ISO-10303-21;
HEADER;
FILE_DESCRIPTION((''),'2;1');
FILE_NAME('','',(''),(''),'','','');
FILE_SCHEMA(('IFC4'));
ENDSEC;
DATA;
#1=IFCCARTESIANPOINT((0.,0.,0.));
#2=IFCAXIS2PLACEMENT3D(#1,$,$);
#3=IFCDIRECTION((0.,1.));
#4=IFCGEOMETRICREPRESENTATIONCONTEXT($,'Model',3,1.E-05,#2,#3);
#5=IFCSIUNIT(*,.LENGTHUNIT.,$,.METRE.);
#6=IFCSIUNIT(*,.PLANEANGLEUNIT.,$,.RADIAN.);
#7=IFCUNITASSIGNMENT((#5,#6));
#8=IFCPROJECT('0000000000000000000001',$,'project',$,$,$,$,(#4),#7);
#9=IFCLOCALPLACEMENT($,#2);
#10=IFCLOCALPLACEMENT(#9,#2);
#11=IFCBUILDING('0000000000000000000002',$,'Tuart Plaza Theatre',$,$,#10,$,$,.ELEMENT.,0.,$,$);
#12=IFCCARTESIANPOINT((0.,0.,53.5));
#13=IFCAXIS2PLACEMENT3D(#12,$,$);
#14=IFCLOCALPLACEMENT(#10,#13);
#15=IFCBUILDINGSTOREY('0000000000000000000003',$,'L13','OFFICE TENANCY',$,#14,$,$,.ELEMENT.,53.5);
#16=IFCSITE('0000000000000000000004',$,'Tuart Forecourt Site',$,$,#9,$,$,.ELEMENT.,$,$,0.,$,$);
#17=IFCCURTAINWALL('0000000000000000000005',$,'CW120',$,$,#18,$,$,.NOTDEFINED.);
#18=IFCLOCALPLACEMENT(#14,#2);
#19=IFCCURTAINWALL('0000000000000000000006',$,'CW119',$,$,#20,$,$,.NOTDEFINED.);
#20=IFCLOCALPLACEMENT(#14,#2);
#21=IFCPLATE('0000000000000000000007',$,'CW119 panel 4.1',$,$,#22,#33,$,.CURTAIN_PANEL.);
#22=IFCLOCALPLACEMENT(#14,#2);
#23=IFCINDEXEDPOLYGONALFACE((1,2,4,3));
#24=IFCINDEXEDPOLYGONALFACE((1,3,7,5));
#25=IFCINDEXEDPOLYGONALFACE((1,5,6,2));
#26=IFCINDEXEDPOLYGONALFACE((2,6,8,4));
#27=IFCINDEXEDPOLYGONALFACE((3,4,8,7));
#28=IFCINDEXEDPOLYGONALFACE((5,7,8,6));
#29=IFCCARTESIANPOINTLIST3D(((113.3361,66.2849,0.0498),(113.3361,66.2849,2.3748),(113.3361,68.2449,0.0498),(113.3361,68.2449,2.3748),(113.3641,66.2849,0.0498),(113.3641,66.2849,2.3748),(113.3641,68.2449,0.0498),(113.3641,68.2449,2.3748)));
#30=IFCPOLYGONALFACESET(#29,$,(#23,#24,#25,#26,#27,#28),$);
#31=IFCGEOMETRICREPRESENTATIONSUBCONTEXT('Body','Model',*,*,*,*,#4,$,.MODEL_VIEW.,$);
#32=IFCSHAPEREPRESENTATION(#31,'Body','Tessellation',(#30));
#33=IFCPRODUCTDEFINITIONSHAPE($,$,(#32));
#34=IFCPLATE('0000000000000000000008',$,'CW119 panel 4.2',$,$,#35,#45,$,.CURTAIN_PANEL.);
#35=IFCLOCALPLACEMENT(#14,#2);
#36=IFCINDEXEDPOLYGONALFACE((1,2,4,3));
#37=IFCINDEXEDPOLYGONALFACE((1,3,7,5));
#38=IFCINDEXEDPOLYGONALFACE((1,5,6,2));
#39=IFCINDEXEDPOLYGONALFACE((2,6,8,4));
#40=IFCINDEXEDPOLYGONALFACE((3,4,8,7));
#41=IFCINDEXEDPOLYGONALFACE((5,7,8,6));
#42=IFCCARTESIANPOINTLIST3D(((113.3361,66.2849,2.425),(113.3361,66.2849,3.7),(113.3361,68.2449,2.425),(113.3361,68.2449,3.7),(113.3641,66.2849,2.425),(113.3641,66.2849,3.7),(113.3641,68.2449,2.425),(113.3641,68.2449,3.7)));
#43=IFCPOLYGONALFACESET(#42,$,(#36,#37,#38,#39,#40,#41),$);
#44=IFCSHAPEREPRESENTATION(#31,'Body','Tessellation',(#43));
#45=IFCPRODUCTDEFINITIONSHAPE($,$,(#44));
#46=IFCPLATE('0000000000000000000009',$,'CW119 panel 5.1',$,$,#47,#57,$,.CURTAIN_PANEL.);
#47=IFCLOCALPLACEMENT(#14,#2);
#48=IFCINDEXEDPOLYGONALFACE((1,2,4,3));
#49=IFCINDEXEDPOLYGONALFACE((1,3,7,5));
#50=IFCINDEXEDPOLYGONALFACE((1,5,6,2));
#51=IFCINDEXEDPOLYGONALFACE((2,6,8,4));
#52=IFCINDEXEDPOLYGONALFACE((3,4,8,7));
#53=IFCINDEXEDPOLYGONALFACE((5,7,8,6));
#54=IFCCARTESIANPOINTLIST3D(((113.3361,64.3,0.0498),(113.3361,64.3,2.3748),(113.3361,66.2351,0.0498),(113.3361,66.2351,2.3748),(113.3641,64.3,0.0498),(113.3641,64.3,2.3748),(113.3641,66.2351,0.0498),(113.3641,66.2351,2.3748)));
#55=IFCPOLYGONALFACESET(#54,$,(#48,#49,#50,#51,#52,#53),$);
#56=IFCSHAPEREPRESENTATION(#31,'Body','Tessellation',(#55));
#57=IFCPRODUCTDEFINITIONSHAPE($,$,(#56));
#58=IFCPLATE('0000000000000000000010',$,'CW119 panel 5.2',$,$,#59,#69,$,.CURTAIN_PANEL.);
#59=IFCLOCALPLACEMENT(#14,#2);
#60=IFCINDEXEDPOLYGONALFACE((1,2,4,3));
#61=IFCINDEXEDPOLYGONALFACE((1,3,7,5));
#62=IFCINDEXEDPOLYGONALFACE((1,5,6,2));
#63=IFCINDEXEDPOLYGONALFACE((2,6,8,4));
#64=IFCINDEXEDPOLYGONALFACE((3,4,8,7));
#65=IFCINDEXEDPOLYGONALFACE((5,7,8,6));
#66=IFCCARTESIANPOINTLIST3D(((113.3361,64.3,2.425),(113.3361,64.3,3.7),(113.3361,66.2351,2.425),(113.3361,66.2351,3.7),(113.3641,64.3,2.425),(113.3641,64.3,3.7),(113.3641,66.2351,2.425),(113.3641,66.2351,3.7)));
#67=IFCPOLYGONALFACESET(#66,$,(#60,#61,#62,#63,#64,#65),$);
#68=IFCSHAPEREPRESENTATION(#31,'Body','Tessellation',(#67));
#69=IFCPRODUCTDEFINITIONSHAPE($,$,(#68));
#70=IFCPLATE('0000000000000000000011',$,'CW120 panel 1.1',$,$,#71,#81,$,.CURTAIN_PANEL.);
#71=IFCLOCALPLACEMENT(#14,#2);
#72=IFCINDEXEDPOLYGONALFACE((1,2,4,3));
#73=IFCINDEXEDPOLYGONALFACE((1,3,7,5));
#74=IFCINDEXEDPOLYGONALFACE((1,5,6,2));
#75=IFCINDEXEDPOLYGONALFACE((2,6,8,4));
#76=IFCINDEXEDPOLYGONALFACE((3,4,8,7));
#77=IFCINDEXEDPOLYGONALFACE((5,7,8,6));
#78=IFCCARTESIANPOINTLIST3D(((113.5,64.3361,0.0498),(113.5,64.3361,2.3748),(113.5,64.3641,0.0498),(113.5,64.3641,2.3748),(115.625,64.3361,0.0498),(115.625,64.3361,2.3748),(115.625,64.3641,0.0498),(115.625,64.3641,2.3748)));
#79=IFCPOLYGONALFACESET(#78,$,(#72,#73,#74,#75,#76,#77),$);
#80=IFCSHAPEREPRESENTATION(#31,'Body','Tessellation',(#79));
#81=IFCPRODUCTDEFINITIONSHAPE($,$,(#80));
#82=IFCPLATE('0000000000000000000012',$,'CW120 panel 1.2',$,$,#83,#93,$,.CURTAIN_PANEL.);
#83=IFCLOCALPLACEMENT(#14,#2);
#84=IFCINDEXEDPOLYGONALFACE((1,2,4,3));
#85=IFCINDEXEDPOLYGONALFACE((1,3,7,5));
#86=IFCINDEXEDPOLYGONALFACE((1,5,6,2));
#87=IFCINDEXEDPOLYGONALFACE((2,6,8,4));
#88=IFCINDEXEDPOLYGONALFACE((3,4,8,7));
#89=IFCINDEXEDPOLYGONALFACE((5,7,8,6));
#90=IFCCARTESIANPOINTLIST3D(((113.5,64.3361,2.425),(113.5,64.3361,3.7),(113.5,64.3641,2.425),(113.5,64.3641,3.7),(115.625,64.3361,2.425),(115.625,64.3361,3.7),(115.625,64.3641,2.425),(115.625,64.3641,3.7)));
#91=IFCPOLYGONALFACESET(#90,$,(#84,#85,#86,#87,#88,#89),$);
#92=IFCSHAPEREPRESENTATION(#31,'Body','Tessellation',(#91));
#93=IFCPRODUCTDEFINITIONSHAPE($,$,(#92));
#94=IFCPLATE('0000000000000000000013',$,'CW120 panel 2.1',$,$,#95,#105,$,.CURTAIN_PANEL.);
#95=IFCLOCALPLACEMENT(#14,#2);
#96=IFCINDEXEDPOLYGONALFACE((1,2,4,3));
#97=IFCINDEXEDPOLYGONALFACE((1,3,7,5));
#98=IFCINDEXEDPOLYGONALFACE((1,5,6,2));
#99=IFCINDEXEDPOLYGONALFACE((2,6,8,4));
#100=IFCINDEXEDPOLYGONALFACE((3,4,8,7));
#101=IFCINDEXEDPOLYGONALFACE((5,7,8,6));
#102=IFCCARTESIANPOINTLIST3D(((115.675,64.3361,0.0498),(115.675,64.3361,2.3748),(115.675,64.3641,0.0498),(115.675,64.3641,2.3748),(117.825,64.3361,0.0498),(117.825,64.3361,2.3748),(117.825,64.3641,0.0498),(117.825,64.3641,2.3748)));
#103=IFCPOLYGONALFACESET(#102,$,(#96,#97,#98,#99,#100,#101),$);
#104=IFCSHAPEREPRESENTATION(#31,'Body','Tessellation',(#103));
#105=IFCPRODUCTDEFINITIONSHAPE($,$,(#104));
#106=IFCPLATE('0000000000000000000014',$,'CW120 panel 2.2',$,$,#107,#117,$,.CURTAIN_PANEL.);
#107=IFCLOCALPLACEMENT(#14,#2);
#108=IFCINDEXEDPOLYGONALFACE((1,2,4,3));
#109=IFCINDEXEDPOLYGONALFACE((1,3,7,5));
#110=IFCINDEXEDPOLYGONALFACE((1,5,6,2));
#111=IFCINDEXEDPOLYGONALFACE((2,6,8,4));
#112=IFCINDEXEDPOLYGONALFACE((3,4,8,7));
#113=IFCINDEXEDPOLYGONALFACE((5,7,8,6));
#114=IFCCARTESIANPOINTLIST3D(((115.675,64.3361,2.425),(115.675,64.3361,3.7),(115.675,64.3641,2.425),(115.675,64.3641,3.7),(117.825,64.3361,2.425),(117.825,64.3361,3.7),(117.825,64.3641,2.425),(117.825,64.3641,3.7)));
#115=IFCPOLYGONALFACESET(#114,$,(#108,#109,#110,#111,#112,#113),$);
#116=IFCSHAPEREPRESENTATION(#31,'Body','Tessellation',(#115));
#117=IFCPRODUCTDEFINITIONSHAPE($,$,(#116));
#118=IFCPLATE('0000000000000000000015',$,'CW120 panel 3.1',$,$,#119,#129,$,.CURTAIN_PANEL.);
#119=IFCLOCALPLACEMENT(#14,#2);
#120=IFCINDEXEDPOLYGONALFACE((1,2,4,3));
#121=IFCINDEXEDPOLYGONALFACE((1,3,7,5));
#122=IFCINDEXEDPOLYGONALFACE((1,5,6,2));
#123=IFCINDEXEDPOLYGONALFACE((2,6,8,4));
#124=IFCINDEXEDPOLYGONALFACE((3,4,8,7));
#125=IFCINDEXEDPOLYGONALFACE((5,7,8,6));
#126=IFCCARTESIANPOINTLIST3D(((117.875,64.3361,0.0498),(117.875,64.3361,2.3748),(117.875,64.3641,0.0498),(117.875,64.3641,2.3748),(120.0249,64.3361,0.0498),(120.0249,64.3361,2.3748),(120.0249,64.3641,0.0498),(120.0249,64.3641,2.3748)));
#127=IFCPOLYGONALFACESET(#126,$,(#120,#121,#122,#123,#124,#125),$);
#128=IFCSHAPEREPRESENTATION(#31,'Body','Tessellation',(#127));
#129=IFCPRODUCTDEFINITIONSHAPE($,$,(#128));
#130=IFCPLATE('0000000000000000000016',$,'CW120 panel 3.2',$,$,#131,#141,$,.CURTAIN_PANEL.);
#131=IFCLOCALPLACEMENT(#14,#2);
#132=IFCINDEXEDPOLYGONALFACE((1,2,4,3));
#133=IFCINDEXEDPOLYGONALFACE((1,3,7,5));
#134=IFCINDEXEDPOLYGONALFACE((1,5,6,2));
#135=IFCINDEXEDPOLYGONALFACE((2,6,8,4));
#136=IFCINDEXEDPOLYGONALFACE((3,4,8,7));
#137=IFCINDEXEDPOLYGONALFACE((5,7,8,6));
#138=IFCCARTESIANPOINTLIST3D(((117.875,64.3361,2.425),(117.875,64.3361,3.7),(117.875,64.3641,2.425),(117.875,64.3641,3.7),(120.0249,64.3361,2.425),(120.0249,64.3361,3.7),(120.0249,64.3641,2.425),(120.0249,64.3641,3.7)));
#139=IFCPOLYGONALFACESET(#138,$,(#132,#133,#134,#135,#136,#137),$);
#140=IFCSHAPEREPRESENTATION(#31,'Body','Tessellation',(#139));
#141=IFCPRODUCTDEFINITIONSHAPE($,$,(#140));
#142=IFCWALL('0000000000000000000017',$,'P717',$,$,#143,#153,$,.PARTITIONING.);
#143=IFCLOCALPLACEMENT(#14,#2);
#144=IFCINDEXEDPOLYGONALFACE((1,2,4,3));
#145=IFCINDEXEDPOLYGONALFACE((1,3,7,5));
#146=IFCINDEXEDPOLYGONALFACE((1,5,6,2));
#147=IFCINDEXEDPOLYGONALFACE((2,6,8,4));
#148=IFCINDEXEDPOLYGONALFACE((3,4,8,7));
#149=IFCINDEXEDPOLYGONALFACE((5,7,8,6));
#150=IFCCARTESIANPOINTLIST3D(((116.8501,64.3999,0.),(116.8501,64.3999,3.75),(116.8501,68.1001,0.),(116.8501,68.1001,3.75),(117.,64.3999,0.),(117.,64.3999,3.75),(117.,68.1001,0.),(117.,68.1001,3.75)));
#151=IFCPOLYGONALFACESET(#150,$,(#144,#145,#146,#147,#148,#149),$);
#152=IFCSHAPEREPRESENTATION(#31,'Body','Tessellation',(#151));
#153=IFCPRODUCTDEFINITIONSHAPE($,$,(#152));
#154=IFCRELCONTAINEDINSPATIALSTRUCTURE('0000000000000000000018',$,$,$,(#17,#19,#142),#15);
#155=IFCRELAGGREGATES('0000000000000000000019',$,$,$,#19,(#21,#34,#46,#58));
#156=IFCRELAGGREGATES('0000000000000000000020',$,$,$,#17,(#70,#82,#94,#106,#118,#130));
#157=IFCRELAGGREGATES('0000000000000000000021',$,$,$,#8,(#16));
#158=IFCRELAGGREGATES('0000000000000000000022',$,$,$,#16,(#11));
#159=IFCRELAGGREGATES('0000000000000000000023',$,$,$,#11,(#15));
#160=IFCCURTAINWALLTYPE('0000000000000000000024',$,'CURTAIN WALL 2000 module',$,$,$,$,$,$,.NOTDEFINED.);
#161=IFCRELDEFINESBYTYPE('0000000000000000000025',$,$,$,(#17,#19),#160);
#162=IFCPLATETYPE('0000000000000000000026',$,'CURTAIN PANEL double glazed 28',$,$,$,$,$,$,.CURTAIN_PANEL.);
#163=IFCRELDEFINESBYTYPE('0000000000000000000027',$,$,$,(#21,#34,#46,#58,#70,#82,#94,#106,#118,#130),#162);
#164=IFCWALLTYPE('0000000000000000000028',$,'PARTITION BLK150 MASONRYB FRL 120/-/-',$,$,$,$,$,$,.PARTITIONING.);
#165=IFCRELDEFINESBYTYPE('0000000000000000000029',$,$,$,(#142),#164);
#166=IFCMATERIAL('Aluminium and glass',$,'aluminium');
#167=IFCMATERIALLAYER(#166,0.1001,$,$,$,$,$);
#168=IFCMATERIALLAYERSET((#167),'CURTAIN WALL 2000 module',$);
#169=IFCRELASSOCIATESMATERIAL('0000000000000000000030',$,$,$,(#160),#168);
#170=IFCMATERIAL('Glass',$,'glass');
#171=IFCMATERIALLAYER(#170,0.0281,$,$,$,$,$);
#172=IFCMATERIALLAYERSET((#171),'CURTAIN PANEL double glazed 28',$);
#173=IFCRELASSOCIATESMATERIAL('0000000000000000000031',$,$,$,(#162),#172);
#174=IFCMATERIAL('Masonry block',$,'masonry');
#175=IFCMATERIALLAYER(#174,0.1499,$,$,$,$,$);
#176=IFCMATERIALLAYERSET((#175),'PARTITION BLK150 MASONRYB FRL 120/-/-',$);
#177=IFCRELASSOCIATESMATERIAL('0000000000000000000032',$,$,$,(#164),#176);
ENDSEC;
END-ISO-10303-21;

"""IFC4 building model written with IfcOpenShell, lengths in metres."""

from ifc_helpers import new_model, si_unit, direction, frame, frame_2d, origin, origin_2d, place, context, subcontext, project, spatial, rectangle, extrude, material, layer, layer_set, type_object, element, aggregate, save


model = new_model("IFC4")

# Units and contexts
model_context = context("Model", 3, precision=1e-05, world=origin(), true_north=direction((0.0, 1.0)))
body_context = subcontext(model_context, "Body", "Model", "MODEL_VIEW")
ifc_project = project(units=[si_unit("LENGTHUNIT", "METRE"), si_unit("PLANEANGLEUNIT", "RADIAN")], contexts=[model_context])

# Site, building, storey
site_placement = place(None, origin())
site = spatial("IfcSite", under=ifc_project, at=site_placement, Name="Tuart Forecourt Site", CompositionType="ELEMENT", RefElevation=0.0)
building_placement = place(site_placement, origin())
building = spatial("IfcBuilding", under=site, at=building_placement, Name="Tuart Plaza Theatre", CompositionType="ELEMENT", ElevationOfRefHeight=0.0)
storey_placement = place(building_placement, frame((0.0, 0.0, 53.5)))
storey = spatial("IfcBuildingStorey", under=building, at=storey_placement, Name="L13", Description="OFFICE TENANCY", CompositionType="ELEMENT", Elevation=53.5)

# Curtain walls
ifc_material_1 = material(Name="Aluminium and glass", Category="aluminium")
ifc_layer_1 = layer(ifc_material_1, 0.1001)
ifc_layer_set_1 = layer_set([ifc_layer_1], Name="CURTAIN WALL 2000 module")
curtain_wall_type = type_object("IfcCurtainWallType", Name="CURTAIN WALL 2000 module", PredefinedType="NOTDEFINED", material=ifc_layer_set_1)
curtain_wall_1_placement = place(storey_placement, origin())
curtain_wall_1 = element("IfcCurtainWall", 1, at=curtain_wall_1_placement, inside=storey, type_object=curtain_wall_type, Name="CW120", PredefinedType="NOTDEFINED")
curtain_wall_2_placement = place(storey_placement, origin())
curtain_wall_2 = element("IfcCurtainWall", 2, at=curtain_wall_2_placement, inside=storey, type_object=curtain_wall_type, Name="CW119", PredefinedType="NOTDEFINED")

# Plates
ifc_material_2 = material(Name="Glass", Category="glass")
ifc_layer_2 = layer(ifc_material_2, 0.0281)
ifc_layer_set_2 = layer_set([ifc_layer_2], Name="CURTAIN PANEL double glazed 28")
plate_type = type_object("IfcPlateType", Name="CURTAIN PANEL double glazed 28", PredefinedType="CURTAIN_PANEL", material=ifc_layer_set_2)
plate_1_placement = place(storey_placement, frame((113.3501, 67.2649, 0.0498), z_axis=(0.0, 0.0, 1.0), x_axis=(0.0, -1.0, 0.0)))
plate_1 = element("IfcPlate", 3, at=plate_1_placement, type_object=plate_type, Name="CW119 panel 4.1", PredefinedType="CURTAIN_PANEL", context=body_context, shape_type="SweptSolid", body=[
    extrude(rectangle(XDim=1.96, YDim=0.0281, at=origin_2d()), origin(), (0.0, 0.0, 1.0), 2.325),
])
plate_2_placement = place(storey_placement, frame((113.3501, 67.2649, 2.425), z_axis=(0.0, 0.0, 1.0), x_axis=(0.0, -1.0, 0.0)))
plate_2 = element("IfcPlate", 4, at=plate_2_placement, type_object=plate_type, Name="CW119 panel 4.2", PredefinedType="CURTAIN_PANEL", context=body_context, shape_type="SweptSolid", body=[
    extrude(rectangle(XDim=1.96, YDim=0.0281, at=origin_2d()), origin(), (0.0, 0.0, 1.0), 1.2749),
])
plate_3_placement = place(storey_placement, frame((113.3501, 65.2676, 0.0498), z_axis=(0.0, 0.0, 1.0), x_axis=(0.0, -1.0, 0.0)))
plate_3 = element("IfcPlate", 5, at=plate_3_placement, type_object=plate_type, Name="CW119 panel 5.1", PredefinedType="CURTAIN_PANEL", context=body_context, shape_type="SweptSolid", body=[
    extrude(rectangle(XDim=1.9351, YDim=0.0281, at=origin_2d()), origin(), (0.0, 0.0, 1.0), 2.325),
])
plate_4_placement = place(storey_placement, frame((113.3501, 65.2676, 2.425), z_axis=(0.0, 0.0, 1.0), x_axis=(0.0, -1.0, 0.0)))
plate_4 = element("IfcPlate", 6, at=plate_4_placement, type_object=plate_type, Name="CW119 panel 5.2", PredefinedType="CURTAIN_PANEL", context=body_context, shape_type="SweptSolid", body=[
    extrude(rectangle(XDim=1.9351, YDim=0.0281, at=origin_2d()), origin(), (0.0, 0.0, 1.0), 1.2749),
])
aggregate(curtain_wall_2, [plate_1, plate_2, plate_3, plate_4])
plate_5_placement = place(storey_placement, frame((114.5625, 64.3501, 0.0498), z_axis=(0.0, 0.0, 1.0), x_axis=(1.0, 0.0, 0.0)))
plate_5 = element("IfcPlate", 7, at=plate_5_placement, type_object=plate_type, Name="CW120 panel 1.1", PredefinedType="CURTAIN_PANEL", context=body_context, shape_type="SweptSolid", body=[
    extrude(rectangle(XDim=2.125, YDim=0.0281, at=origin_2d()), origin(), (0.0, 0.0, 1.0), 2.325),
])
plate_6_placement = place(storey_placement, frame((114.5625, 64.3501, 2.425), z_axis=(0.0, 0.0, 1.0), x_axis=(1.0, 0.0, 0.0)))
plate_6 = element("IfcPlate", 8, at=plate_6_placement, type_object=plate_type, Name="CW120 panel 1.2", PredefinedType="CURTAIN_PANEL", context=body_context, shape_type="SweptSolid", body=[
    extrude(rectangle(XDim=2.125, YDim=0.0281, at=origin_2d()), origin(), (0.0, 0.0, 1.0), 1.2749),
])
plate_7_placement = place(storey_placement, frame((116.75, 64.3501, 0.0498), z_axis=(0.0, 0.0, 1.0), x_axis=(1.0, 0.0, 0.0)))
plate_7 = element("IfcPlate", 9, at=plate_7_placement, type_object=plate_type, Name="CW120 panel 2.1", PredefinedType="CURTAIN_PANEL", context=body_context, shape_type="SweptSolid", body=[
    extrude(rectangle(XDim=2.1499, YDim=0.0281, at=origin_2d()), origin(), (0.0, 0.0, 1.0), 2.325),
])
plate_8_placement = place(storey_placement, frame((116.75, 64.3501, 2.425), z_axis=(0.0, 0.0, 1.0), x_axis=(1.0, 0.0, 0.0)))
plate_8 = element("IfcPlate", 10, at=plate_8_placement, type_object=plate_type, Name="CW120 panel 2.2", PredefinedType="CURTAIN_PANEL", context=body_context, shape_type="SweptSolid", body=[
    extrude(rectangle(XDim=2.1499, YDim=0.0281, at=origin_2d()), origin(), (0.0, 0.0, 1.0), 1.2749),
])
plate_9_placement = place(storey_placement, frame((118.95, 64.3501, 0.0498), z_axis=(0.0, 0.0, 1.0), x_axis=(1.0, 0.0, 0.0)))
plate_9 = element("IfcPlate", 11, at=plate_9_placement, type_object=plate_type, Name="CW120 panel 3.1", PredefinedType="CURTAIN_PANEL", context=body_context, shape_type="SweptSolid", body=[
    extrude(rectangle(XDim=2.1499, YDim=0.0281, at=origin_2d()), origin(), (0.0, 0.0, 1.0), 2.325),
])
plate_10_placement = place(storey_placement, frame((118.95, 64.3501, 2.425), z_axis=(0.0, 0.0, 1.0), x_axis=(1.0, 0.0, 0.0)))
plate_10 = element("IfcPlate", 12, at=plate_10_placement, type_object=plate_type, Name="CW120 panel 3.2", PredefinedType="CURTAIN_PANEL", context=body_context, shape_type="SweptSolid", body=[
    extrude(rectangle(XDim=2.1499, YDim=0.0281, at=origin_2d()), origin(), (0.0, 0.0, 1.0), 1.2749),
])
aggregate(curtain_wall_1, [plate_5, plate_6, plate_7, plate_8, plate_9, plate_10])

# Wall
ifc_material_3 = material(Name="Masonry block", Category="masonry")
ifc_layer_3 = layer(ifc_material_3, 0.1499)
ifc_layer_set_3 = layer_set([ifc_layer_3], Name="PARTITION BLK150 MASONRYB FRL 120/-/-")
wall_type = type_object("IfcWallType", Name="PARTITION BLK150 MASONRYB FRL 120/-/-", PredefinedType="PARTITIONING", material=ifc_layer_set_3)
wall_placement = place(storey_placement, frame((116.925, 64.3999, 0.0), z_axis=(0.0, 0.0, 1.0), x_axis=(0.0, 1.0, 0.0)))
element("IfcWall", 13, at=wall_placement, inside=storey, type_object=wall_type, Name="P717", PredefinedType="PARTITIONING", context=body_context, shape_type="SweptSolid", body=[
    extrude(rectangle(XDim=3.7002, YDim=0.1499, at=frame_2d((1.8501, 0.0))), origin(), (0.0, 0.0, 1.0), 3.75),
])

save(model, "model.ifc")
